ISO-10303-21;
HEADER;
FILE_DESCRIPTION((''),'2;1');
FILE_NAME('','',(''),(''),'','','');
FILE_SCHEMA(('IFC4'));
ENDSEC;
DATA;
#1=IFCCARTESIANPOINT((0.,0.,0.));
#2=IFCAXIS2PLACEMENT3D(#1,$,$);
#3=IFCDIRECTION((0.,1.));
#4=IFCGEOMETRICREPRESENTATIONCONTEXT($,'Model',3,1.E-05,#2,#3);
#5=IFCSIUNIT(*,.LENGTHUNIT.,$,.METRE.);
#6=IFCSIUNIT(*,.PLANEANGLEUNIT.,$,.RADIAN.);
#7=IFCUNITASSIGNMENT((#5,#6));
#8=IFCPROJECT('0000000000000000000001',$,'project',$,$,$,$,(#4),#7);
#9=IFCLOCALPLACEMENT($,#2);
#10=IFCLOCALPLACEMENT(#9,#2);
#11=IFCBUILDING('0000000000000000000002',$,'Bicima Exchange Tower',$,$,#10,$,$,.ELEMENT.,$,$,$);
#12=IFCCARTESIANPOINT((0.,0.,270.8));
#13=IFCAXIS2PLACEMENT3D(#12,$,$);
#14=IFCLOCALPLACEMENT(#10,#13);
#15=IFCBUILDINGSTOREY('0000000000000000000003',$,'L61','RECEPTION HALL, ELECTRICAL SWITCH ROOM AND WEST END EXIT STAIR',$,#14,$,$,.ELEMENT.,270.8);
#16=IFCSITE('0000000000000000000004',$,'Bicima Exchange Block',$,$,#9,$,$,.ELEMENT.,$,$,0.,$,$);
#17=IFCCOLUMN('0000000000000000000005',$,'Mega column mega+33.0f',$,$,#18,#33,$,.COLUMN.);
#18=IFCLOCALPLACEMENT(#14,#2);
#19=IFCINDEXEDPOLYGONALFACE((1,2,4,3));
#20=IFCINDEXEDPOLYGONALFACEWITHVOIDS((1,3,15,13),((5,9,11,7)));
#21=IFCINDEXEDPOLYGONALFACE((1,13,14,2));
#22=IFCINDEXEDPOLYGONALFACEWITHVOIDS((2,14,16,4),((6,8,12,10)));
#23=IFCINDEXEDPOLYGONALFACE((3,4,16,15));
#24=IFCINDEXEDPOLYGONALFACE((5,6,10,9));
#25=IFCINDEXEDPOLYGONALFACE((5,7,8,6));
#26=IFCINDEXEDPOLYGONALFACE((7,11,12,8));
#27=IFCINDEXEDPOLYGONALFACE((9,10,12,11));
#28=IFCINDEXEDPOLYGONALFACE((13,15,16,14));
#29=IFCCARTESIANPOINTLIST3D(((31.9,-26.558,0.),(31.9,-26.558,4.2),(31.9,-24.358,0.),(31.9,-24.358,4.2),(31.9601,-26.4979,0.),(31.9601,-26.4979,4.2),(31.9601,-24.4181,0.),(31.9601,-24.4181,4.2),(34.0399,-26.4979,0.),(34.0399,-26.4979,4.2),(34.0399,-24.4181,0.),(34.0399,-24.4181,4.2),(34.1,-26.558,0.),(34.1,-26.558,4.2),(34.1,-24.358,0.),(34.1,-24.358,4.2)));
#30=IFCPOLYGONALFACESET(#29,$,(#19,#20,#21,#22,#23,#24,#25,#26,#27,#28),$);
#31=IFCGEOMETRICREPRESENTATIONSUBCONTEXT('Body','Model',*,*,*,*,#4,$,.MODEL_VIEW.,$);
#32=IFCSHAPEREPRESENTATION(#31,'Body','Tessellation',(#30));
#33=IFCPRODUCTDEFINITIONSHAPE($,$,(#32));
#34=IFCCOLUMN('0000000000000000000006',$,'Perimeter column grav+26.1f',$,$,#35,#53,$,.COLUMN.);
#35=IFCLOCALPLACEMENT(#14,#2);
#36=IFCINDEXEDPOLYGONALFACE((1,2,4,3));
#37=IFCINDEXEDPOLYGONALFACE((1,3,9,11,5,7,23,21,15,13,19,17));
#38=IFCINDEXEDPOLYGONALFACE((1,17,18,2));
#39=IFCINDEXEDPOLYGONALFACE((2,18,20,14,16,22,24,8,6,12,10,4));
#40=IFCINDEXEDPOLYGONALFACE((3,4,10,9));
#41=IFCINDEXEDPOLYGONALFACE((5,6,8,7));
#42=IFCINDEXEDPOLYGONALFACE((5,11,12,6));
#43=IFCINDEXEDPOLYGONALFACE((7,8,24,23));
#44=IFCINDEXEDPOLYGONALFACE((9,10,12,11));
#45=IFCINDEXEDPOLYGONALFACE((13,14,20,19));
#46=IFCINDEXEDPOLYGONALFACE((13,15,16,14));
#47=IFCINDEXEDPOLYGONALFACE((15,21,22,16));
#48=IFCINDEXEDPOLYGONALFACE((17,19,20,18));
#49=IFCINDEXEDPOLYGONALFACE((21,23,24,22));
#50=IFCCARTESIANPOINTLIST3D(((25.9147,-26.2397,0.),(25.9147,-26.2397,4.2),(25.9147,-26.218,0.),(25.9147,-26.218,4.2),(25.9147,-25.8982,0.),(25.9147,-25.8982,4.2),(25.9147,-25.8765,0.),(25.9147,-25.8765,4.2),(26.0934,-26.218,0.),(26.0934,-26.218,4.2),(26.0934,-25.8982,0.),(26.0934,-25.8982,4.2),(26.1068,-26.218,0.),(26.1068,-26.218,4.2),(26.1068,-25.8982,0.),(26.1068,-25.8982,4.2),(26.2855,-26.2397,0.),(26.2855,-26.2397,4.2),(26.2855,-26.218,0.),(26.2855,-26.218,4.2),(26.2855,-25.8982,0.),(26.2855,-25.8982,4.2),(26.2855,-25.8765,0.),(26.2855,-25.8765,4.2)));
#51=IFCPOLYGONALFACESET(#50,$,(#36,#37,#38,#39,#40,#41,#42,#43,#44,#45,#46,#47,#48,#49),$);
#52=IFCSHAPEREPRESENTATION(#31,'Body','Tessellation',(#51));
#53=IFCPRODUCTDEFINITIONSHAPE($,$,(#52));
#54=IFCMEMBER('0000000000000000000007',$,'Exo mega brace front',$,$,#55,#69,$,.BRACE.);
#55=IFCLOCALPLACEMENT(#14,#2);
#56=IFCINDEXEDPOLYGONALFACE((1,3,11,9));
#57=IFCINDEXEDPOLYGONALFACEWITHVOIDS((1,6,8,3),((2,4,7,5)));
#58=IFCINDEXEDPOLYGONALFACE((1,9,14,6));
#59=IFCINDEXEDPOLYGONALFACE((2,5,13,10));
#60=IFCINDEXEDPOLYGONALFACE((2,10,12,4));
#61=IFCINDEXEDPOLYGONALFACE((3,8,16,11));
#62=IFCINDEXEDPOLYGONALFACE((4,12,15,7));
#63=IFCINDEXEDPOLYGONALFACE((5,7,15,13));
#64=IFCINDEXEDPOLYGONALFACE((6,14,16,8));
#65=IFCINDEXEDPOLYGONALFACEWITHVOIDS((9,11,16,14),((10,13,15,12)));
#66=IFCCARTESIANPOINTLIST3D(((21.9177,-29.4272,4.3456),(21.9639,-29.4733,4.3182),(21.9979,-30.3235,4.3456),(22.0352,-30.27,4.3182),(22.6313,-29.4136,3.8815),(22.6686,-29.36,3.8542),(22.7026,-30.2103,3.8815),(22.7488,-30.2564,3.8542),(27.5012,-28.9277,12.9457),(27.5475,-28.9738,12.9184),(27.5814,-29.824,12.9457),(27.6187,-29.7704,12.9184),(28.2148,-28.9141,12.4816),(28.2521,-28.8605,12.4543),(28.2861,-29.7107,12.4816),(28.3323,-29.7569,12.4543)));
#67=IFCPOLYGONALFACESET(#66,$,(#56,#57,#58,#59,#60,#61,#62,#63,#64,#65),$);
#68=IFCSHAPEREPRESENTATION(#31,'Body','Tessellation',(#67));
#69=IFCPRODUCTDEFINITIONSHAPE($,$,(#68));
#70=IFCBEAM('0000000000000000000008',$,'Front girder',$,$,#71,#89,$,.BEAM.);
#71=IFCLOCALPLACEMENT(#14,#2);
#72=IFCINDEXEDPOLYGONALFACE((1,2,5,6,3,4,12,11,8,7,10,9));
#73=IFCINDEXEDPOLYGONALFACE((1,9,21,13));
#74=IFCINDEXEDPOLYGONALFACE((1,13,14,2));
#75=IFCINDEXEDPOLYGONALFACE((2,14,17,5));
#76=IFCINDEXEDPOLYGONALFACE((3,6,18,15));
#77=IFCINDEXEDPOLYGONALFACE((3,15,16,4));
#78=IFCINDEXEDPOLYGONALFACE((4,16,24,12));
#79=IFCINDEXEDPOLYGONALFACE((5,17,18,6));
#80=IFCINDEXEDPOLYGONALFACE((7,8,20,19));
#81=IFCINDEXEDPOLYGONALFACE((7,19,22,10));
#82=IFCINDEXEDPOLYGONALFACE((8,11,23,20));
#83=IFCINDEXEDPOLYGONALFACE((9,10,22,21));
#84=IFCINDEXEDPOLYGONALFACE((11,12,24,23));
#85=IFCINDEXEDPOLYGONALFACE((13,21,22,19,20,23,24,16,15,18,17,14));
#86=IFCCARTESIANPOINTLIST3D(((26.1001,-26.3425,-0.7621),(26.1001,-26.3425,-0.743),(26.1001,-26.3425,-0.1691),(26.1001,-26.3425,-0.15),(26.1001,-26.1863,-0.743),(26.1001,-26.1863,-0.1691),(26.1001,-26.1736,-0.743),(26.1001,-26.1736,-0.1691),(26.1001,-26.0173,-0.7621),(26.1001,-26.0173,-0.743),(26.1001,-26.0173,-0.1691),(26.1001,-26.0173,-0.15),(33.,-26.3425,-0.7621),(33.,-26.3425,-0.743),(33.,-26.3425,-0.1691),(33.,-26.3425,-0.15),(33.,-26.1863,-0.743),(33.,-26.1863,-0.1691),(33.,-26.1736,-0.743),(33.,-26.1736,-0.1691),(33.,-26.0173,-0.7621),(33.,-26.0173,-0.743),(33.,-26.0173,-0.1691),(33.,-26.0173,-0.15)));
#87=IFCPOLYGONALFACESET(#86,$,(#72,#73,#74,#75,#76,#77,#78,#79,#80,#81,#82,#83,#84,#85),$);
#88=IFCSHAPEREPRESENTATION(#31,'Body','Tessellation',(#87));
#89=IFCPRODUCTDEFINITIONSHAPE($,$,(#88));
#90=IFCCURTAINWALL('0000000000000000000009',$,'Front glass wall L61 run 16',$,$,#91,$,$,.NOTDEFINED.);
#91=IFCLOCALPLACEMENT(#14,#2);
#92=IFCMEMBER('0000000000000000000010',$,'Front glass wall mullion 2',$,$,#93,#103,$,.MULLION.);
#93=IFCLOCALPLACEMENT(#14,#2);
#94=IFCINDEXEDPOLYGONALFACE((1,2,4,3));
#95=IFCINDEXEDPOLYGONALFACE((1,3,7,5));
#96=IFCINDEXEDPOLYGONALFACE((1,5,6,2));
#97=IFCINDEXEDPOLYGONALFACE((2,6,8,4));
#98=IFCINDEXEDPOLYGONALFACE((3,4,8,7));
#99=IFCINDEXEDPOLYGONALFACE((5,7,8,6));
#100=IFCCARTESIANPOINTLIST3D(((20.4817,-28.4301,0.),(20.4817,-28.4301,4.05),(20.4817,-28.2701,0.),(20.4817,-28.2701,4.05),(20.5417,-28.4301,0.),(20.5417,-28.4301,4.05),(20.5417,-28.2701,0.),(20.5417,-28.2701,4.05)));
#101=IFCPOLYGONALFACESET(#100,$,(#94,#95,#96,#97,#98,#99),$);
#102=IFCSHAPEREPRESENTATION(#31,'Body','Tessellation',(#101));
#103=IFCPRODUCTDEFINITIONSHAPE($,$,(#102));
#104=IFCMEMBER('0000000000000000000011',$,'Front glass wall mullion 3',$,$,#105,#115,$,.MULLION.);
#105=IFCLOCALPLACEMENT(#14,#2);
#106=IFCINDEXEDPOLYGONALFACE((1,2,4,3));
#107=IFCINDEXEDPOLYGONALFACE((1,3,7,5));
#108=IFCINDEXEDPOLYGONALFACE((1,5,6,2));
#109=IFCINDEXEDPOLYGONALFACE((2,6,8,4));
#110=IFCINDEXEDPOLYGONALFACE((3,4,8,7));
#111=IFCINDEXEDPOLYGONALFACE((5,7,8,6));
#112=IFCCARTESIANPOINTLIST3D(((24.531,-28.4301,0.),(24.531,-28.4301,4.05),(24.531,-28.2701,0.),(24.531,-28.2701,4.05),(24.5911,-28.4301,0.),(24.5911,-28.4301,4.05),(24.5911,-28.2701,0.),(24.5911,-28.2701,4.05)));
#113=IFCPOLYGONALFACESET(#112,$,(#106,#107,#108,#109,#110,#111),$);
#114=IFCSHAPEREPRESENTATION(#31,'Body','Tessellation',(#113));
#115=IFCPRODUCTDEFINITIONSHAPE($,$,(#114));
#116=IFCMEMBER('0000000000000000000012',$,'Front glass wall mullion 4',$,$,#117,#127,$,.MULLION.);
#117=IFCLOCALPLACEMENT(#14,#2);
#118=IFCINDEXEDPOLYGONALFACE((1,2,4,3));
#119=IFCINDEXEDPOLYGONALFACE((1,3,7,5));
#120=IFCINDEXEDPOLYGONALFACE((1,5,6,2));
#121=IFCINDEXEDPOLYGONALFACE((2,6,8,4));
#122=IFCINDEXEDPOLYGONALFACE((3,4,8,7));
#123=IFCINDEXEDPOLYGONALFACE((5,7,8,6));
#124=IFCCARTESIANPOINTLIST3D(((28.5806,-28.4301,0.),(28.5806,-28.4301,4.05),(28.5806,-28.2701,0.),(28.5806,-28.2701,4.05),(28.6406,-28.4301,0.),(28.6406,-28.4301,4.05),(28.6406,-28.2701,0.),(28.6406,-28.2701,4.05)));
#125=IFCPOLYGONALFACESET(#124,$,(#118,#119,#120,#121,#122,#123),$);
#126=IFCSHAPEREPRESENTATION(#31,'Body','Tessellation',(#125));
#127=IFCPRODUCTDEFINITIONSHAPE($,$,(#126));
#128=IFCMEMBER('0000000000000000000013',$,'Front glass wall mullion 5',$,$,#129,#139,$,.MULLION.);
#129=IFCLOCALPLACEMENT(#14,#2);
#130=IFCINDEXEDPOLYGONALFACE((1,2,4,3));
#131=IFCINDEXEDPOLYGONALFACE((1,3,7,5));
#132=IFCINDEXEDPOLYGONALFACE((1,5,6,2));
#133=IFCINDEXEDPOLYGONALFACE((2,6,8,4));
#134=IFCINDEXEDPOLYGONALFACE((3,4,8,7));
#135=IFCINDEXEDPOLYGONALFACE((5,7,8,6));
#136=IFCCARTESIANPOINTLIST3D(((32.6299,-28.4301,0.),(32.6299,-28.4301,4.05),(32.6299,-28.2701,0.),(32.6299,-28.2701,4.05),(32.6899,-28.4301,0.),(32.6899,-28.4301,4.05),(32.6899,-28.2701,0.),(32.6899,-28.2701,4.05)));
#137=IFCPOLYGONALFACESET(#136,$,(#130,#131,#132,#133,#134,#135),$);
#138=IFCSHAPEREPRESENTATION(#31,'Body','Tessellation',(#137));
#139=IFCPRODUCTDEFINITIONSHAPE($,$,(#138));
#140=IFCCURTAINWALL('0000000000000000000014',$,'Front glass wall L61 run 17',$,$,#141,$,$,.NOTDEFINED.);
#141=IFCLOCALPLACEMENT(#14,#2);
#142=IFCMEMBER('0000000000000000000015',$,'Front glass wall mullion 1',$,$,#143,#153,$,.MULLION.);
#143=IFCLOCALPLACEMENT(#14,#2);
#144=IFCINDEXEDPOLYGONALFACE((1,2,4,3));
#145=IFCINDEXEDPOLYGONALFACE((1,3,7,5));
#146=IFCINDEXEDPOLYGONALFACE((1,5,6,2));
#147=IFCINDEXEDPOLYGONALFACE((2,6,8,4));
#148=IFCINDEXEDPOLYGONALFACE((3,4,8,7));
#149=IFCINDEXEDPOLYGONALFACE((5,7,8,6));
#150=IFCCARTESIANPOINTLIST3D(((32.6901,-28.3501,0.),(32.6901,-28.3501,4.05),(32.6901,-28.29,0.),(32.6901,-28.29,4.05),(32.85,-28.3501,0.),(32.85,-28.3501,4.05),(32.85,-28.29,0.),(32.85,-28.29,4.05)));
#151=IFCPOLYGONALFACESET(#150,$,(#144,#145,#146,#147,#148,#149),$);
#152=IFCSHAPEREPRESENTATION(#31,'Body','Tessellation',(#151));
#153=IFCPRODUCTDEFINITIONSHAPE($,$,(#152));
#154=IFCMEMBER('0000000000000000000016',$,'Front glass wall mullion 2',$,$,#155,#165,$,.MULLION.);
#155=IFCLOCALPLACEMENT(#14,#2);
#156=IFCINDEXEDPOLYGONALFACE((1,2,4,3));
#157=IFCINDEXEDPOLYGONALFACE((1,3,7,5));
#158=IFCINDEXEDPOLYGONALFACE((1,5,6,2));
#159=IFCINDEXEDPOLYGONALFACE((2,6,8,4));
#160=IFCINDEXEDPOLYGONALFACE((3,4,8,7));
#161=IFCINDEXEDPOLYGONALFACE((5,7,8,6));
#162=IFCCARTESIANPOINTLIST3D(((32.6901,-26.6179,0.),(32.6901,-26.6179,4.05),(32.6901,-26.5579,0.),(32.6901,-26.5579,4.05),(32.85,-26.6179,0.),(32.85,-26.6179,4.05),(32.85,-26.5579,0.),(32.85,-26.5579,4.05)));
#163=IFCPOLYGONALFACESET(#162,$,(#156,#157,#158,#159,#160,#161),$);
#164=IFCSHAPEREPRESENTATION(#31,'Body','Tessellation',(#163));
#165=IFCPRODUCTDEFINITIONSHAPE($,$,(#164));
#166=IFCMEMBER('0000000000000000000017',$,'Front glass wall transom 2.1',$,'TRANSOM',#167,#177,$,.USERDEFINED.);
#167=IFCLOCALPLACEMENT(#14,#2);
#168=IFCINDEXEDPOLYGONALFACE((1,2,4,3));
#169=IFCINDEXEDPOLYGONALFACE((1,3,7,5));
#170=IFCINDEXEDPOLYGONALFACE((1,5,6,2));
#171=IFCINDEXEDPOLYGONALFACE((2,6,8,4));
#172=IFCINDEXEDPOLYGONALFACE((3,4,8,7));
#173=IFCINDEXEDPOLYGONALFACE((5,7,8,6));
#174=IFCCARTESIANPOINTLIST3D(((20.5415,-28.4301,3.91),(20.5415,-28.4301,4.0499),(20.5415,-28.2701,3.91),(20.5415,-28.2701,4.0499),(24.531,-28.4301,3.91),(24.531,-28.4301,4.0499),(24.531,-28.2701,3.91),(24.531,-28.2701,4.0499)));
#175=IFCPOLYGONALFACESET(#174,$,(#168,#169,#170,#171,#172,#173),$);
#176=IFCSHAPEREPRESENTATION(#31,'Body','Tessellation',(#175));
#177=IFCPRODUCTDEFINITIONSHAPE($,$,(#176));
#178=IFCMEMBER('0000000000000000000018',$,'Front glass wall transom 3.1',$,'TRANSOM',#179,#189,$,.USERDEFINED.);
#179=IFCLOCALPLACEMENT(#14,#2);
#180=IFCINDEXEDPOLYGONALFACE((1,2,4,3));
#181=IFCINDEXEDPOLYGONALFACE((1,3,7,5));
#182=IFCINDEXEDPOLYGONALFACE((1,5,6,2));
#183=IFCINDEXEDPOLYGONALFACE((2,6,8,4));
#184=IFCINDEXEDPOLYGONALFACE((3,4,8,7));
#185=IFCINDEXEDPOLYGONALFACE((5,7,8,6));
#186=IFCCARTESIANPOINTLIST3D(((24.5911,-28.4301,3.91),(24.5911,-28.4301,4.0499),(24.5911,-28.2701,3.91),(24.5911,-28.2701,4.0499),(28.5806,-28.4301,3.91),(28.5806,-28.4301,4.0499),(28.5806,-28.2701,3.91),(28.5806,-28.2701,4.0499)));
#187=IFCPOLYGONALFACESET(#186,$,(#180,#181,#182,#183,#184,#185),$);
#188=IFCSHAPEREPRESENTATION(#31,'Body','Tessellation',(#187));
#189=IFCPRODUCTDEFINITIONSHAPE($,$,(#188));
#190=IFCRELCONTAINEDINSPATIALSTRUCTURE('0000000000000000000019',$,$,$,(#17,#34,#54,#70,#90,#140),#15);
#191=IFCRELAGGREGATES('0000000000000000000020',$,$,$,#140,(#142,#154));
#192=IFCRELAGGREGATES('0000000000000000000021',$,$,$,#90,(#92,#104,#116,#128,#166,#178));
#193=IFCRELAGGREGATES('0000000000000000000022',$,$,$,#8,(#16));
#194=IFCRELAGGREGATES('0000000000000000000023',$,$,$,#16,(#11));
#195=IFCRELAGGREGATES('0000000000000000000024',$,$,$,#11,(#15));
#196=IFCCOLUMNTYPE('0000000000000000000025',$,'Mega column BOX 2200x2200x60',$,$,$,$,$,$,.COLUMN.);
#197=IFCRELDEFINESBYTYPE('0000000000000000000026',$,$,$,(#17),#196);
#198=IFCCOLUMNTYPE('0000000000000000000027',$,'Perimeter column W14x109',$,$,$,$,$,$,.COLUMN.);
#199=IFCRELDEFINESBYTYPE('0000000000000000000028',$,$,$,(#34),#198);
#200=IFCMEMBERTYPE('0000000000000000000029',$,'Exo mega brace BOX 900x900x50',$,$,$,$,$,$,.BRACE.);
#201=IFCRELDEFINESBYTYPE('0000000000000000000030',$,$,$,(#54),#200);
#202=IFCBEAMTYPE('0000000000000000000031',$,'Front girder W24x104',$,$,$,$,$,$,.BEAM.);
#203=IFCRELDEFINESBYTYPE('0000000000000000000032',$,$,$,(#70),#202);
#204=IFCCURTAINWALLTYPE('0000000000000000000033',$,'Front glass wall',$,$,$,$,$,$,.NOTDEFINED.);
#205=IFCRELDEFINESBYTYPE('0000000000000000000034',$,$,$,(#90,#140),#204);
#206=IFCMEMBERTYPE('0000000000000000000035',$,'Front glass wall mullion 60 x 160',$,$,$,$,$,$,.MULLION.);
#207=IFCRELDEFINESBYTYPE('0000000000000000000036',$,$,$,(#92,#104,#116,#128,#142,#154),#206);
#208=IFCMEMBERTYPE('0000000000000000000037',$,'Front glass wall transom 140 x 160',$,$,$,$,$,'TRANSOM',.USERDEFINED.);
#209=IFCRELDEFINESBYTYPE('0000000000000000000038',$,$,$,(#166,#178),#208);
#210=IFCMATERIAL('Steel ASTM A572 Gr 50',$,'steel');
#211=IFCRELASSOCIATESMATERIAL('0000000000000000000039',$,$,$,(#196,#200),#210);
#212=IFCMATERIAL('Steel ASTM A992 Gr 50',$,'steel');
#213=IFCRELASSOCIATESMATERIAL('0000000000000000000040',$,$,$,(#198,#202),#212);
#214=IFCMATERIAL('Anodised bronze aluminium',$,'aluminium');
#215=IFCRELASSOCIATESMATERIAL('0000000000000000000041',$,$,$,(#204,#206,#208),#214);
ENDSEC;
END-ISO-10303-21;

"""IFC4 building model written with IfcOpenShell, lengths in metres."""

from ifc_helpers import new_model, si_unit, direction, frame, origin, origin_2d, place, context, subcontext, project, spatial, rectangle, hollow_rectangle, i_section, extrude, material, material_profile, profile_set, type_object, element, aggregate, save


model = new_model("IFC4")

# Units and contexts
model_context = context("Model", 3, precision=1e-05, world=origin(), true_north=direction((0.0, 1.0)))
body_context = subcontext(model_context, "Body", "Model", "MODEL_VIEW")
ifc_project = project(units=[si_unit("LENGTHUNIT", "METRE"), si_unit("PLANEANGLEUNIT", "RADIAN")], contexts=[model_context])

# Site, building, storey
site_placement = place(None, origin())
site = spatial("IfcSite", under=ifc_project, at=site_placement, Name="Bicima Exchange Block", CompositionType="ELEMENT", RefElevation=0.0)
building_placement = place(site_placement, origin())
building = spatial("IfcBuilding", under=site, at=building_placement, Name="Bicima Exchange Tower", CompositionType="ELEMENT")
storey_placement = place(building_placement, frame((0.0, 0.0, 270.8)))
storey = spatial("IfcBuildingStorey", under=building, at=storey_placement, Name="L61", Description="RECEPTION HALL, ELECTRICAL SWITCH ROOM AND WEST END EXIT STAIR", CompositionType="ELEMENT", Elevation=270.8)

# Columns
ifc_material_1 = material(Name="Steel ASTM A572 Gr 50", Category="steel")
ifc_material_profile_1 = material_profile(ifc_material_1, hollow_rectangle(XDim=2.2, YDim=2.2, WallThickness=0.0601, at=origin_2d()))
ifc_profile_set_1 = profile_set([ifc_material_profile_1], Name="Steel ASTM A572 Gr 50")
column_type_1 = type_object("IfcColumnType", Name="Mega column BOX 2200x2200x60", PredefinedType="COLUMN", material=ifc_profile_set_1)
column_1_placement = place(storey_placement, frame((33.0, -25.458, 0.0), z_axis=(0.0, 0.0, 1.0), x_axis=(1.0, 0.0, 0.0)))
element("IfcColumn", 1, at=column_1_placement, inside=storey, type_object=column_type_1, Name="Mega column mega+33.0f", PredefinedType="COLUMN", context=body_context, shape_type="SweptSolid", body=[
    extrude(hollow_rectangle(XDim=2.2, YDim=2.2, WallThickness=0.0601, at=origin_2d()), origin(), (0.0, 0.0, 1.0), 4.2),
])
ifc_material_2 = material(Name="Steel ASTM A992 Gr 50", Category="steel")
ifc_material_profile_2 = material_profile(ifc_material_2, i_section(OverallWidth=0.3708, OverallDepth=0.3633, WebThickness=0.0134, FlangeThickness=0.0217, at=origin_2d()))
ifc_profile_set_2 = profile_set([ifc_material_profile_2], Name="Steel ASTM A992 Gr 50")
column_type_2 = type_object("IfcColumnType", Name="Perimeter column W14x109", PredefinedType="COLUMN", material=ifc_profile_set_2)
column_2_placement = place(storey_placement, frame((26.1001, -26.0581, 0.0), z_axis=(0.0, 0.0, 1.0), x_axis=(1.0, 0.0, 0.0)))
element("IfcColumn", 2, at=column_2_placement, inside=storey, type_object=column_type_2, Name="Perimeter column grav+26.1f", PredefinedType="COLUMN", context=body_context, shape_type="SweptSolid", body=[
    extrude(i_section(OverallWidth=0.3708, OverallDepth=0.3633, WebThickness=0.0134, FlangeThickness=0.0217, at=origin_2d()), origin(), (0.0, 0.0, 1.0), 4.2),
])

# Member
ifc_material_profile_3 = material_profile(ifc_material_1, hollow_rectangle(XDim=0.8999, YDim=0.8999, WallThickness=0.05, at=origin_2d()))
ifc_profile_set_3 = profile_set([ifc_material_profile_3], Name="Steel ASTM A572 Gr 50")
member_type_1 = type_object("IfcMemberType", Name="Exo mega brace BOX 900x900x50", PredefinedType="BRACE", material=ifc_profile_set_3)
member_1_placement = place(storey_placement, frame((22.3333, -29.8418, 4.0999), z_axis=(0.543893, 0.048658, 0.837743), x_axis=(-0.089106, 0.996022, 0.0)))
element("IfcMember", 3, at=member_1_placement, inside=storey, type_object=member_type_1, Name="Exo mega brace front", PredefinedType="BRACE", context=body_context, shape_type="SweptSolid", body=[
    extrude(hollow_rectangle(XDim=0.8999, YDim=0.8999, WallThickness=0.05, at=origin_2d()), origin(), (0.0, 0.0, 1.0), 10.2659),
])

# Beam
ifc_material_profile_4 = material_profile(ifc_material_2, i_section(OverallWidth=0.3252, OverallDepth=0.6121, WebThickness=0.0127, FlangeThickness=0.019, at=origin_2d()))
ifc_profile_set_4 = profile_set([ifc_material_profile_4], Name="Steel ASTM A992 Gr 50")
beam_type = type_object("IfcBeamType", Name="Front girder W24x104", PredefinedType="BEAM", material=ifc_profile_set_4)
beam_placement = place(storey_placement, frame((26.1001, -26.1799, -0.4561), z_axis=(1.0, 0.0, 0.0), x_axis=(0.0, 1.0, 0.0)))
element("IfcBeam", 4, at=beam_placement, inside=storey, type_object=beam_type, Name="Front girder", PredefinedType="BEAM", context=body_context, shape_type="SweptSolid", body=[
    extrude(i_section(OverallWidth=0.3252, OverallDepth=0.6121, WebThickness=0.0127, FlangeThickness=0.019, at=origin_2d()), origin(), (0.0, 0.0, 1.0), 6.8999),
])

# Curtain walls, members
ifc_material_3 = material(Name="Anodised bronze aluminium", Category="aluminium")
curtain_wall_type = type_object("IfcCurtainWallType", Name="Front glass wall", PredefinedType="NOTDEFINED", material=ifc_material_3)
curtain_wall_1_placement = place(storey_placement, origin())
curtain_wall_1 = element("IfcCurtainWall", 5, at=curtain_wall_1_placement, inside=storey, type_object=curtain_wall_type, Name="Front glass wall L61 run 16", PredefinedType="NOTDEFINED")
ifc_material_profile_5 = material_profile(ifc_material_3, rectangle(XDim=0.1599, YDim=0.0601, at=origin_2d()))
ifc_profile_set_5 = profile_set([ifc_material_profile_5], Name="Anodised bronze aluminium")
member_type_2 = type_object("IfcMemberType", Name="Front glass wall mullion 60 x 160", PredefinedType="MULLION", material=ifc_profile_set_5)
member_2_placement = place(storey_placement, frame((20.5117, -28.3501, 0.0), z_axis=(0.0, 0.0, 1.0), x_axis=(0.0, 1.0, 0.0)))
member_2 = element("IfcMember", 6, at=member_2_placement, type_object=member_type_2, Name="Front glass wall mullion 2", PredefinedType="MULLION", context=body_context, shape_type="SweptSolid", body=[
    extrude(rectangle(XDim=0.1599, YDim=0.0601, at=origin_2d()), origin(), (0.0, 0.0, 1.0), 4.05),
])
member_3_placement = place(storey_placement, frame((24.561, -28.3501, 0.0), z_axis=(0.0, 0.0, 1.0), x_axis=(0.0, 1.0, 0.0)))
member_3 = element("IfcMember", 7, at=member_3_placement, type_object=member_type_2, Name="Front glass wall mullion 3", PredefinedType="MULLION", context=body_context, shape_type="SweptSolid", body=[
    extrude(rectangle(XDim=0.1599, YDim=0.0601, at=origin_2d()), origin(), (0.0, 0.0, 1.0), 4.05),
])
member_4_placement = place(storey_placement, frame((28.6106, -28.3501, 0.0), z_axis=(0.0, 0.0, 1.0), x_axis=(0.0, 1.0, 0.0)))
member_4 = element("IfcMember", 8, at=member_4_placement, type_object=member_type_2, Name="Front glass wall mullion 4", PredefinedType="MULLION", context=body_context, shape_type="SweptSolid", body=[
    extrude(rectangle(XDim=0.1599, YDim=0.0601, at=origin_2d()), origin(), (0.0, 0.0, 1.0), 4.05),
])
member_5_placement = place(storey_placement, frame((32.6599, -28.3501, 0.0), z_axis=(0.0, 0.0, 1.0), x_axis=(0.0, 1.0, 0.0)))
member_5 = element("IfcMember", 9, at=member_5_placement, type_object=member_type_2, Name="Front glass wall mullion 5", PredefinedType="MULLION", context=body_context, shape_type="SweptSolid", body=[
    extrude(rectangle(XDim=0.1599, YDim=0.0601, at=origin_2d()), origin(), (0.0, 0.0, 1.0), 4.05),
])
curtain_wall_2_placement = place(storey_placement, origin())
curtain_wall_2 = element("IfcCurtainWall", 10, at=curtain_wall_2_placement, inside=storey, type_object=curtain_wall_type, Name="Front glass wall L61 run 17", PredefinedType="NOTDEFINED")
member_6_placement = place(storey_placement, frame((32.77, -28.3201, 0.0), z_axis=(0.0, 0.0, 1.0), x_axis=(-1.0, 0.0, 0.0)))
member_6 = element("IfcMember", 11, at=member_6_placement, type_object=member_type_2, Name="Front glass wall mullion 1", PredefinedType="MULLION", context=body_context, shape_type="SweptSolid", body=[
    extrude(rectangle(XDim=0.1599, YDim=0.0601, at=origin_2d()), origin(), (0.0, 0.0, 1.0), 4.05),
])
member_7_placement = place(storey_placement, frame((32.77, -26.5879, 0.0), z_axis=(0.0, 0.0, 1.0), x_axis=(-1.0, 0.0, 0.0)))
member_7 = element("IfcMember", 12, at=member_7_placement, type_object=member_type_2, Name="Front glass wall mullion 2", PredefinedType="MULLION", context=body_context, shape_type="SweptSolid", body=[
    extrude(rectangle(XDim=0.1599, YDim=0.0601, at=origin_2d()), origin(), (0.0, 0.0, 1.0), 4.05),
])

# Members
ifc_material_profile_6 = material_profile(ifc_material_3, rectangle(XDim=0.1599, YDim=0.1399, at=origin_2d()))
ifc_profile_set_6 = profile_set([ifc_material_profile_6], Name="Anodised bronze aluminium")
member_type_3 = type_object("IfcMemberType", Name="Front glass wall transom 140 x 160", ElementType="TRANSOM", PredefinedType="USERDEFINED", material=ifc_profile_set_6)
member_8_placement = place(storey_placement, frame((20.5415, -28.3501, 3.98), z_axis=(1.0, 0.0, 0.0), x_axis=(0.0, 1.0, 0.0)))
member_8 = element("IfcMember", 13, at=member_8_placement, type_object=member_type_3, Name="Front glass wall transom 2.1", ObjectType="TRANSOM", PredefinedType="USERDEFINED", context=body_context, shape_type="SweptSolid", body=[
    extrude(rectangle(XDim=0.1599, YDim=0.1399, at=origin_2d()), origin(), (0.0, 0.0, 1.0), 3.9895),
])
member_9_placement = place(storey_placement, frame((24.5911, -28.3501, 3.98), z_axis=(1.0, 0.0, 0.0), x_axis=(0.0, 1.0, 0.0)))
member_9 = element("IfcMember", 14, at=member_9_placement, type_object=member_type_3, Name="Front glass wall transom 3.1", ObjectType="TRANSOM", PredefinedType="USERDEFINED", context=body_context, shape_type="SweptSolid", body=[
    extrude(rectangle(XDim=0.1599, YDim=0.1399, at=origin_2d()), origin(), (0.0, 0.0, 1.0), 3.9895),
])

aggregate(curtain_wall_2, [member_6, member_7])
aggregate(curtain_wall_1, [member_2, member_3, member_4, member_5, member_8, member_9])

save(model, "model.ifc")
